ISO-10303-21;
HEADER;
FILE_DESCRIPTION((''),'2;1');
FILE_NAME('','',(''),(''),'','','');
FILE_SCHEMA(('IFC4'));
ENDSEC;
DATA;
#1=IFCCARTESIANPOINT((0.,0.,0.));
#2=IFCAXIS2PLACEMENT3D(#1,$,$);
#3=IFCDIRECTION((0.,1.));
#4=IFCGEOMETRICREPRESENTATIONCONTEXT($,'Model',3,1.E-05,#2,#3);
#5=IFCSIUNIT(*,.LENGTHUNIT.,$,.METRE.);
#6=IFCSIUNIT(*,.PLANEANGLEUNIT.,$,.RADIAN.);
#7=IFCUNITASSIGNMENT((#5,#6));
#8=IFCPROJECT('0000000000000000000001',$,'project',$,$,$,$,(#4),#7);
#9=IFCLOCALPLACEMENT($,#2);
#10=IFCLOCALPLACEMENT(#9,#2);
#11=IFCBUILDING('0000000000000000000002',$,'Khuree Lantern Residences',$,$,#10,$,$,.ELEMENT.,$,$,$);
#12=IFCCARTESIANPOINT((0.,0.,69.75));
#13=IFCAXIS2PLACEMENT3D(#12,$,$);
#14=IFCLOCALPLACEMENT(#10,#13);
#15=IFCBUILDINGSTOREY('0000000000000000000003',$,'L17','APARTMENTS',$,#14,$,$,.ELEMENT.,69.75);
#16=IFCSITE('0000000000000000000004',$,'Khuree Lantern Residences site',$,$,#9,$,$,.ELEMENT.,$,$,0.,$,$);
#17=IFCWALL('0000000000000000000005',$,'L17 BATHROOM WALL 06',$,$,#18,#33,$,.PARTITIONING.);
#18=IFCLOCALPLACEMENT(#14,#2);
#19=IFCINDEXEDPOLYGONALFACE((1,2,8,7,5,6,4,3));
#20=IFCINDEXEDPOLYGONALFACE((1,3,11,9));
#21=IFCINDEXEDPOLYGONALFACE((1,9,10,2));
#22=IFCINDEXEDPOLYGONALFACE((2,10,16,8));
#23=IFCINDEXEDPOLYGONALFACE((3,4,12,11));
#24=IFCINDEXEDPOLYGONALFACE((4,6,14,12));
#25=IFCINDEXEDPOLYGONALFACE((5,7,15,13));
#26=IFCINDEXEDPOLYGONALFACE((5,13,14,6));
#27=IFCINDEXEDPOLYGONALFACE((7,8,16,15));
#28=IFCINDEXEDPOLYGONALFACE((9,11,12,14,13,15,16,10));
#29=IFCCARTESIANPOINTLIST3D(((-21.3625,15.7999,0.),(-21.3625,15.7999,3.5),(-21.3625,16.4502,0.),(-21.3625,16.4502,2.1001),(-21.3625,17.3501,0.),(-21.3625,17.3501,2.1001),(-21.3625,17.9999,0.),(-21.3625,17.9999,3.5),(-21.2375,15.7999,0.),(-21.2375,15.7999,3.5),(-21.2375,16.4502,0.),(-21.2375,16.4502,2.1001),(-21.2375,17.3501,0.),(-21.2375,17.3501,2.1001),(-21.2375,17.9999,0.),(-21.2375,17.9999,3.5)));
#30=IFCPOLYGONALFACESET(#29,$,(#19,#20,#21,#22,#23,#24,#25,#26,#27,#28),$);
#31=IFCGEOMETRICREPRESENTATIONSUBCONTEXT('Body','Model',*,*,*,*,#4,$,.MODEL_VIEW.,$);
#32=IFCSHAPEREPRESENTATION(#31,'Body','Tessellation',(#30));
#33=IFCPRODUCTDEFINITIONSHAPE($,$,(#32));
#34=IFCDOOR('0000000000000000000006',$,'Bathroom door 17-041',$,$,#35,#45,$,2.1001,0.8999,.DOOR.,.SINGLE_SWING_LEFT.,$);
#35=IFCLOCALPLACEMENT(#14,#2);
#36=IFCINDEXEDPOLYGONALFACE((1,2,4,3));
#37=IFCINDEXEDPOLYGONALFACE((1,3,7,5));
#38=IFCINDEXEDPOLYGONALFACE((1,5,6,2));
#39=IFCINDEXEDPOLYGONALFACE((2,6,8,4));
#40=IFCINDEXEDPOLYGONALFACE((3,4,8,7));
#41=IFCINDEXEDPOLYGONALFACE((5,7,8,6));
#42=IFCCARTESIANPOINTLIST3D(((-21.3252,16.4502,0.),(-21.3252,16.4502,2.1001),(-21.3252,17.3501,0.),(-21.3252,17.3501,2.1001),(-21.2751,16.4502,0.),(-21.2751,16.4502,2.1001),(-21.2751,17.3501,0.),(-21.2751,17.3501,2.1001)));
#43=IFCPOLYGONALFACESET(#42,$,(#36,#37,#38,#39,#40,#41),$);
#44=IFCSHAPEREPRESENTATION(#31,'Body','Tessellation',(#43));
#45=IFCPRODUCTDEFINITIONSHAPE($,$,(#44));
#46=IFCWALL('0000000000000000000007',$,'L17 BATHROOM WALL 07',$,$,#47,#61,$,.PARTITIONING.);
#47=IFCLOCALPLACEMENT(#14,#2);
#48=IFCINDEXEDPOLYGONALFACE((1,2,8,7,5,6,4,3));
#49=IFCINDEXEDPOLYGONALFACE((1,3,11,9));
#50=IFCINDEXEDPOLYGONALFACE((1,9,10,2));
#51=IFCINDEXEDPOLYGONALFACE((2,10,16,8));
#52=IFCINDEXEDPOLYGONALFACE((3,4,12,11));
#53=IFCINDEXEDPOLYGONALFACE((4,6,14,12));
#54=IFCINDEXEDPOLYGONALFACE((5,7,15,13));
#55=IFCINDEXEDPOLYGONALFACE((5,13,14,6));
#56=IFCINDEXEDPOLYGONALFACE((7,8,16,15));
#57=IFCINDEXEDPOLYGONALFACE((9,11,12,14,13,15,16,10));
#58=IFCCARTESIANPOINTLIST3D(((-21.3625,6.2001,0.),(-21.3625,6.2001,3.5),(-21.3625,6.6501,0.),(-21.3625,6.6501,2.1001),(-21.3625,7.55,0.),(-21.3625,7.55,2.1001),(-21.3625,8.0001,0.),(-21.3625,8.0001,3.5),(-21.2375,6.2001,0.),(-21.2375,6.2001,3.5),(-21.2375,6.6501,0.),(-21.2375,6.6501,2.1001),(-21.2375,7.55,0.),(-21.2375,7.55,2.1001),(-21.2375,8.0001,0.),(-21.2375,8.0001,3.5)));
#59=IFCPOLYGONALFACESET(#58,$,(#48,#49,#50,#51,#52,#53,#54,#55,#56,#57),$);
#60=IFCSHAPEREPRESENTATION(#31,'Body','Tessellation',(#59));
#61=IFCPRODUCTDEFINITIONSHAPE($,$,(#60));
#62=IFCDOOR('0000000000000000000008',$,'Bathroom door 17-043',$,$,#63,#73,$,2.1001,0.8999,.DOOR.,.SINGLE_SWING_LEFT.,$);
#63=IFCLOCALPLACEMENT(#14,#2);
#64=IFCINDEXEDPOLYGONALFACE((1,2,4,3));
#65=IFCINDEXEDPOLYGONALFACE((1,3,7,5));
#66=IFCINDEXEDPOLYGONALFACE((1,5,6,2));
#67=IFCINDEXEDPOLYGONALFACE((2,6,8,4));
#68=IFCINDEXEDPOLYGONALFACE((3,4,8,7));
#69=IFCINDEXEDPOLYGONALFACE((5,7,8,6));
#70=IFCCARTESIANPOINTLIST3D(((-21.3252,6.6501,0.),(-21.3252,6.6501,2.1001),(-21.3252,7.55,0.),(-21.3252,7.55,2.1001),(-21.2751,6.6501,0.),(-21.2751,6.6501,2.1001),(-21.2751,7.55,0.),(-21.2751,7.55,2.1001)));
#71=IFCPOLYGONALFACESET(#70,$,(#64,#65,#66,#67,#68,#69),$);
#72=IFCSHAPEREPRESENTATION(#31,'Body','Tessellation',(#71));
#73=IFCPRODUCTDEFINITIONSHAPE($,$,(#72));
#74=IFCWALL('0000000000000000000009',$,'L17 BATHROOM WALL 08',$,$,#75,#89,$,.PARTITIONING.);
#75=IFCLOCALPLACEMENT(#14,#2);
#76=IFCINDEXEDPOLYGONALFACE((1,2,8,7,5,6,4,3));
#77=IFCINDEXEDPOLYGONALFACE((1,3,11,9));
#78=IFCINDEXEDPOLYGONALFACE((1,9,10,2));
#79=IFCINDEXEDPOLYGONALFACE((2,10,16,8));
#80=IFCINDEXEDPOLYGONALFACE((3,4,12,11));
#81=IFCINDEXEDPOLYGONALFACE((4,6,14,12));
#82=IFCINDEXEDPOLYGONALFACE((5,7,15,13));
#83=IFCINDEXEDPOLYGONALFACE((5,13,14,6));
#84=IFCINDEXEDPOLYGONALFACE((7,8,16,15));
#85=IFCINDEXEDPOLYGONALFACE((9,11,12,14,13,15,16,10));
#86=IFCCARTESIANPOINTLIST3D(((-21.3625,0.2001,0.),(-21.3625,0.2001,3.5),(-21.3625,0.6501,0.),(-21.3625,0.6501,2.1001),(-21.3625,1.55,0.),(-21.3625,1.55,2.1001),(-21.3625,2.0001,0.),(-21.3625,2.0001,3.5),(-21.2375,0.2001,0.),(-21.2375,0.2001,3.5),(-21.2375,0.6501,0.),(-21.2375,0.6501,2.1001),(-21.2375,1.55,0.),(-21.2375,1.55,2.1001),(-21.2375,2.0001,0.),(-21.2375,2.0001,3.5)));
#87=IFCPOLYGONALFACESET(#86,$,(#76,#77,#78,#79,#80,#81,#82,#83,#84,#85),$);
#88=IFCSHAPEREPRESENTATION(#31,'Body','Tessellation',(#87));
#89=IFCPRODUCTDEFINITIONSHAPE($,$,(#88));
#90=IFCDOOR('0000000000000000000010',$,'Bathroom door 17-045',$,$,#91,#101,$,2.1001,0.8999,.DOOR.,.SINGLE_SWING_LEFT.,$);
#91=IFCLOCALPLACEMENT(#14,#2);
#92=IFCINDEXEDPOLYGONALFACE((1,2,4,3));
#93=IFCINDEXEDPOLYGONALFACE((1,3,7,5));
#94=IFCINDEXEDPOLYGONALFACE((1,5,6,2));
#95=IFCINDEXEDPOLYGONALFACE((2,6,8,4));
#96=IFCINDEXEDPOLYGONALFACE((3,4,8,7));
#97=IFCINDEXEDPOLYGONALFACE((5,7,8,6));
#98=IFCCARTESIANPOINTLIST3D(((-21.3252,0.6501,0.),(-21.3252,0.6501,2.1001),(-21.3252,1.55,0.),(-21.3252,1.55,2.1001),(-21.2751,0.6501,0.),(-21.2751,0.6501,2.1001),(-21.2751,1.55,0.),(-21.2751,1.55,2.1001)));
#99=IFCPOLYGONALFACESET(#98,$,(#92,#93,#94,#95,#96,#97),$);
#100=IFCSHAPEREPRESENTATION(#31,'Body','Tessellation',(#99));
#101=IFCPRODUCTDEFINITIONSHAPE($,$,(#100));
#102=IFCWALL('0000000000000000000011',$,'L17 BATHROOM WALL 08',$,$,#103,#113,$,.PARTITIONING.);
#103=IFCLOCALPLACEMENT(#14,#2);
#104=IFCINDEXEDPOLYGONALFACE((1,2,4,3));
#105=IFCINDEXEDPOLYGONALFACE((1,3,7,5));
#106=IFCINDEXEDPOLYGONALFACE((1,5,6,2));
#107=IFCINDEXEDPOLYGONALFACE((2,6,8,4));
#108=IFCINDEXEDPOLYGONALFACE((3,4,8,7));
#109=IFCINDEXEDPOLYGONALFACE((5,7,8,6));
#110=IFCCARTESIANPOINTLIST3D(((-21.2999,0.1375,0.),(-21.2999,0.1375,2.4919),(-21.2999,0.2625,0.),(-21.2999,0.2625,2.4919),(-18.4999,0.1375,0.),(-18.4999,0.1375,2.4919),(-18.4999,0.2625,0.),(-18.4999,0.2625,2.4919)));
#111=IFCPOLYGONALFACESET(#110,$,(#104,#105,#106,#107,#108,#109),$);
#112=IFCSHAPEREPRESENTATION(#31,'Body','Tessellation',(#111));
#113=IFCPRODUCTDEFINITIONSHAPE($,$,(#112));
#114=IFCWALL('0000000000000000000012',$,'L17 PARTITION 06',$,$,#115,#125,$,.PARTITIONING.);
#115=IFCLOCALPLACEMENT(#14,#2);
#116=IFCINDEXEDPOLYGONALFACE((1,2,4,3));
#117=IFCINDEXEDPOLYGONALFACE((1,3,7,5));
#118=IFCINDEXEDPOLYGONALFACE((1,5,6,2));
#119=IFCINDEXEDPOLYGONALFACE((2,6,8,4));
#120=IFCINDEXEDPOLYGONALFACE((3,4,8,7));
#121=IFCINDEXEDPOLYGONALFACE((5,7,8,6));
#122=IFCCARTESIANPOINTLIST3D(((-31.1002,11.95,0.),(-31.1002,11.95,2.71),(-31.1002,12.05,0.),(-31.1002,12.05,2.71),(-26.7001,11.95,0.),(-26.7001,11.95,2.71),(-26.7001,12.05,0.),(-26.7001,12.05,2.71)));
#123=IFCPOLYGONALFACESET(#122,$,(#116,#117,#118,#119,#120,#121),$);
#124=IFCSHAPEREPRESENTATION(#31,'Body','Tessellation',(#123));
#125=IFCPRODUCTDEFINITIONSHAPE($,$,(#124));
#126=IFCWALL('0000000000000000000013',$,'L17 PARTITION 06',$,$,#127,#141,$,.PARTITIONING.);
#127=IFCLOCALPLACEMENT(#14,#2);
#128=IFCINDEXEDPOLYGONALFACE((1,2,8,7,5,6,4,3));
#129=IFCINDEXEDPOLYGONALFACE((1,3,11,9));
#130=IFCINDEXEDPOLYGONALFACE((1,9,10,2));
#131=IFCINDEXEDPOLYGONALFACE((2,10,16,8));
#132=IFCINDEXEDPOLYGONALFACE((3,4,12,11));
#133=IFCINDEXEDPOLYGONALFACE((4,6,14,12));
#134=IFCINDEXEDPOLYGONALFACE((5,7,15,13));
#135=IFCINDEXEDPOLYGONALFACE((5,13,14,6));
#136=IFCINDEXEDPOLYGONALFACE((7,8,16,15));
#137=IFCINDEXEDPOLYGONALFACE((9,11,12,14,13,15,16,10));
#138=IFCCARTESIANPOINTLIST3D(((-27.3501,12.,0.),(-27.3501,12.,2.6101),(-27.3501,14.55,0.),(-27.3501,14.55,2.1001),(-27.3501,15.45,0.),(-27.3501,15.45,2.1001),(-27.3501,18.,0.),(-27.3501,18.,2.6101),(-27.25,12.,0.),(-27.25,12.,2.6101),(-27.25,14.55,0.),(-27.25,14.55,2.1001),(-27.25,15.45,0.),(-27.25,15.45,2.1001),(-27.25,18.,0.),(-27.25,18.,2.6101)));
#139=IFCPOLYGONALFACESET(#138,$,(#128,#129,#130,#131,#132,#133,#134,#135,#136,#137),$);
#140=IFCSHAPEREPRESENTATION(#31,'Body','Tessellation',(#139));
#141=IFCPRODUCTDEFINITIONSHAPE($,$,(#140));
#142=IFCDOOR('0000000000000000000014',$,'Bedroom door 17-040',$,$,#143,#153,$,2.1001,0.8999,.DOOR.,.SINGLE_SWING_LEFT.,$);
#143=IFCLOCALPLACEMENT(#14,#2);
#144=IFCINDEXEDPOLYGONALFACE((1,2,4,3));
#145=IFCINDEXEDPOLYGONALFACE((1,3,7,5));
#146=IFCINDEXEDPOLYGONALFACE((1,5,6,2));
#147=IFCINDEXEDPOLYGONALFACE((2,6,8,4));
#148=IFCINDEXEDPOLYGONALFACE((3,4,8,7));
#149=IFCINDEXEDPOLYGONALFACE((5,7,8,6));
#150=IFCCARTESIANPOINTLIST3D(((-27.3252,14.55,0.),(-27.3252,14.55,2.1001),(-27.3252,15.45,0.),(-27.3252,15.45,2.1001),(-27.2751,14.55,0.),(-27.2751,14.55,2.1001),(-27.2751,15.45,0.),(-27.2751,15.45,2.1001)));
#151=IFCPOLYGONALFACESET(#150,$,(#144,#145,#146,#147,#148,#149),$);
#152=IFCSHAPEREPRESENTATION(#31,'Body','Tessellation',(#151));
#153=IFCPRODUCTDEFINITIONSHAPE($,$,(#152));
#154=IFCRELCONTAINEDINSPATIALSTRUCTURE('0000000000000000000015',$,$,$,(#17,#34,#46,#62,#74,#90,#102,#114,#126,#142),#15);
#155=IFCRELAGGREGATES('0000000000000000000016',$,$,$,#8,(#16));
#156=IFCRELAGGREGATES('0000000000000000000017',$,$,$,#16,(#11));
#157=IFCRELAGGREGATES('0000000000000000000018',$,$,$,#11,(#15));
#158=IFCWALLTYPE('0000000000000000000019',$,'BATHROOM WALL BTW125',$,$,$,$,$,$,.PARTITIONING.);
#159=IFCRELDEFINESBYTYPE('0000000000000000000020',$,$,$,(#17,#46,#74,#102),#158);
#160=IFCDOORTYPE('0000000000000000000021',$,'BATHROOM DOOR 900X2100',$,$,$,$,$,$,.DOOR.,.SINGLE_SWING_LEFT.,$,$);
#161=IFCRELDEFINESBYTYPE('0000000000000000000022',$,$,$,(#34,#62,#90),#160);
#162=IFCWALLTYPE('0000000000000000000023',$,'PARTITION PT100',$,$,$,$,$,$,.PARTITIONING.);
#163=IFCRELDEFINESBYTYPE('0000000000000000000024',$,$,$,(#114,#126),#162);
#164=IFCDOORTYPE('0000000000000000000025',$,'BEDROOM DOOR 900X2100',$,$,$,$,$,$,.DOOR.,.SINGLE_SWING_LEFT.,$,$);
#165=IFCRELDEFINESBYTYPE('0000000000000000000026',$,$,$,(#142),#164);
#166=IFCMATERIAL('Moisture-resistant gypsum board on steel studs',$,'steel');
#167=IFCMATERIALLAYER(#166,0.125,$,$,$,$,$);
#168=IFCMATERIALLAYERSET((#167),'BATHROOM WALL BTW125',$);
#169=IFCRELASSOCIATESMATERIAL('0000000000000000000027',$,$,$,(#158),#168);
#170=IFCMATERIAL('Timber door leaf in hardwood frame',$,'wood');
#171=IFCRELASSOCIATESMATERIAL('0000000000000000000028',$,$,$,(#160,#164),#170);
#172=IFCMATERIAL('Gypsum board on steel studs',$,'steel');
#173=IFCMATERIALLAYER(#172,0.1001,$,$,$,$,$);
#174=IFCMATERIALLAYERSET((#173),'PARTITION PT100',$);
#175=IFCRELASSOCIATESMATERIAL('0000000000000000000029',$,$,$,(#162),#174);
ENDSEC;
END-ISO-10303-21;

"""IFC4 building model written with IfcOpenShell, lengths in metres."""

from ifc_helpers import new_model, si_unit, direction, frame, frame_2d, origin, place, context, subcontext, project, spatial, rectangle, extrude, material, layer, layer_set, type_object, element, fill, save


model = new_model("IFC4")

# Units and contexts
model_context = context("Model", 3, precision=1e-05, world=origin(), true_north=direction((0.0, 1.0)))
body_context = subcontext(model_context, "Body", "Model", "MODEL_VIEW")
ifc_project = project(units=[si_unit("LENGTHUNIT", "METRE"), si_unit("PLANEANGLEUNIT", "RADIAN")], contexts=[model_context])

# Site, building, storey
site_placement = place(None, origin())
site = spatial("IfcSite", under=ifc_project, at=site_placement, Name="Khuree Lantern Residences site", CompositionType="ELEMENT", RefElevation=0.0)
building_placement = place(site_placement, origin())
building = spatial("IfcBuilding", under=site, at=building_placement, Name="Khuree Lantern Residences", CompositionType="ELEMENT")
storey_placement = place(building_placement, frame((0.0, 0.0, 69.75)))
storey = spatial("IfcBuildingStorey", under=building, at=storey_placement, Name="L17", Description="APARTMENTS", CompositionType="ELEMENT", Elevation=69.75)

# Walls, openings, doors
ifc_material_1 = material(Name="Moisture-resistant gypsum board on steel studs", Category="steel")
ifc_layer_1 = layer(ifc_material_1, 0.125)
ifc_layer_set_1 = layer_set([ifc_layer_1], Name="BATHROOM WALL BTW125")
wall_type_1 = type_object("IfcWallType", Name="BATHROOM WALL BTW125", PredefinedType="PARTITIONING", material=ifc_layer_set_1)
wall_1_placement = place(storey_placement, frame((-21.3, 18.0, 0.0), z_axis=(0.0, 0.0, 1.0), x_axis=(0.0, -1.0, 0.0)))
wall_1 = element("IfcWall", 1, at=wall_1_placement, inside=storey, type_object=wall_type_1, Name="L17 BATHROOM WALL 06", PredefinedType="PARTITIONING", context=body_context, shape_type="SweptSolid", body=[
    extrude(rectangle(XDim=2.2, YDim=0.125, at=frame_2d((1.1001, 0.0))), origin(), (0.0, 0.0, 1.0), 3.5),
])
opening_1_placement = place(wall_1_placement, frame((0.6499, 0.0, 0.0)))
opening_1 = element("IfcOpeningElement", 2, at=opening_1_placement, cuts=wall_1, PredefinedType="OPENING", context=body_context, shape_type="SweptSolid", body=[
    extrude(rectangle(XDim=0.8999, YDim=2.1001, at=frame_2d((0.45, 1.05))), frame((0.0, 0.0725, 0.0), z_axis=(0.0, -1.0, 0.0), x_axis=(1.0, 0.0, 0.0)), (0.0, 0.0, 1.0), 0.145),
])
ifc_material_2 = material(Name="Timber door leaf in hardwood frame", Category="wood")
door_type_1 = type_object("IfcDoorType", Name="BATHROOM DOOR 900X2100", OperationType="SINGLE_SWING_LEFT", PredefinedType="DOOR", material=ifc_material_2)
door_1_placement = place(opening_1_placement, origin())
door_1 = element("IfcDoor", 3, at=door_1_placement, inside=storey, type_object=door_type_1, Name="Bathroom door 17-041", OperationType="SINGLE_SWING_LEFT", OverallHeight=2.1001, OverallWidth=0.8999, PredefinedType="DOOR", context=body_context, shape_type="SweptSolid", body=[
    extrude(rectangle(XDim=0.8999, YDim=2.1001, at=frame_2d((0.45, 1.05))), frame((0.0, 0.0249, 0.0), z_axis=(0.0, -1.0, 0.0), x_axis=(1.0, 0.0, 0.0)), (0.0, 0.0, 1.0), 0.05),
])
fill(opening_1, door_1)
wall_2_placement = place(storey_placement, frame((-21.3, 8.0, 0.0), z_axis=(0.0, 0.0, 1.0), x_axis=(0.0, -1.0, 0.0)))
wall_2 = element("IfcWall", 4, at=wall_2_placement, inside=storey, type_object=wall_type_1, Name="L17 BATHROOM WALL 07", PredefinedType="PARTITIONING", context=body_context, shape_type="SweptSolid", body=[
    extrude(rectangle(XDim=1.8, YDim=0.125, at=frame_2d((0.8999, 0.0))), origin(), (0.0, 0.0, 1.0), 3.5),
])
opening_2_placement = place(wall_2_placement, frame((0.45, 0.0, 0.0)))
opening_2 = element("IfcOpeningElement", 5, at=opening_2_placement, cuts=wall_2, PredefinedType="OPENING", context=body_context, shape_type="SweptSolid", body=[
    extrude(rectangle(XDim=0.8999, YDim=2.1001, at=frame_2d((0.45, 1.05))), frame((0.0, 0.0725, 0.0), z_axis=(0.0, -1.0, 0.0), x_axis=(1.0, 0.0, 0.0)), (0.0, 0.0, 1.0), 0.145),
])
door_2_placement = place(opening_2_placement, origin())
door_2 = element("IfcDoor", 6, at=door_2_placement, inside=storey, type_object=door_type_1, Name="Bathroom door 17-043", OperationType="SINGLE_SWING_LEFT", OverallHeight=2.1001, OverallWidth=0.8999, PredefinedType="DOOR", context=body_context, shape_type="SweptSolid", body=[
    extrude(rectangle(XDim=0.8999, YDim=2.1001, at=frame_2d((0.45, 1.05))), frame((0.0, 0.0249, 0.0), z_axis=(0.0, -1.0, 0.0), x_axis=(1.0, 0.0, 0.0)), (0.0, 0.0, 1.0), 0.05),
])
fill(opening_2, door_2)
wall_3_placement = place(storey_placement, frame((-21.3, 2.0, 0.0), z_axis=(0.0, 0.0, 1.0), x_axis=(0.0, -1.0, 0.0)))
wall_3 = element("IfcWall", 7, at=wall_3_placement, inside=storey, type_object=wall_type_1, Name="L17 BATHROOM WALL 08", PredefinedType="PARTITIONING", context=body_context, shape_type="SweptSolid", body=[
    extrude(rectangle(XDim=1.8, YDim=0.125, at=frame_2d((0.8999, 0.0))), origin(), (0.0, 0.0, 1.0), 3.5),
])
opening_3_placement = place(wall_3_placement, frame((0.45, 0.0, 0.0)))
opening_3 = element("IfcOpeningElement", 8, at=opening_3_placement, cuts=wall_3, PredefinedType="OPENING", context=body_context, shape_type="SweptSolid", body=[
    extrude(rectangle(XDim=0.8999, YDim=2.1001, at=frame_2d((0.45, 1.05))), frame((0.0, 0.0725, 0.0), z_axis=(0.0, -1.0, 0.0), x_axis=(1.0, 0.0, 0.0)), (0.0, 0.0, 1.0), 0.145),
])
door_3_placement = place(opening_3_placement, origin())
door_3 = element("IfcDoor", 9, at=door_3_placement, inside=storey, type_object=door_type_1, Name="Bathroom door 17-045", OperationType="SINGLE_SWING_LEFT", OverallHeight=2.1001, OverallWidth=0.8999, PredefinedType="DOOR", context=body_context, shape_type="SweptSolid", body=[
    extrude(rectangle(XDim=0.8999, YDim=2.1001, at=frame_2d((0.45, 1.05))), frame((0.0, 0.0249, 0.0), z_axis=(0.0, -1.0, 0.0), x_axis=(1.0, 0.0, 0.0)), (0.0, 0.0, 1.0), 0.05),
])
fill(opening_3, door_3)

# Walls
wall_4_placement = place(storey_placement, frame((-18.5, 0.2, 0.0), z_axis=(0.0, 0.0, 1.0), x_axis=(-1.0, 0.0, 0.0)))
element("IfcWall", 10, at=wall_4_placement, inside=storey, type_object=wall_type_1, Name="L17 BATHROOM WALL 08", PredefinedType="PARTITIONING", context=body_context, shape_type="SweptSolid", body=[
    extrude(rectangle(XDim=2.8, YDim=0.125, at=frame_2d((1.3999, 0.0))), origin(), (0.0, 0.0, 1.0), 2.4919),
])
ifc_material_3 = material(Name="Gypsum board on steel studs", Category="steel")
ifc_layer_2 = layer(ifc_material_3, 0.1001)
ifc_layer_set_2 = layer_set([ifc_layer_2], Name="PARTITION PT100")
wall_type_2 = type_object("IfcWallType", Name="PARTITION PT100", PredefinedType="PARTITIONING", material=ifc_layer_set_2)
wall_5_placement = place(storey_placement, frame((-26.7, 12.0, 0.0), z_axis=(0.0, 0.0, 1.0), x_axis=(-1.0, 0.0, 0.0)))
element("IfcWall", 11, at=wall_5_placement, inside=storey, type_object=wall_type_2, Name="L17 PARTITION 06", PredefinedType="PARTITIONING", context=body_context, shape_type="SweptSolid", body=[
    extrude(rectangle(XDim=4.4001, YDim=0.1001, at=frame_2d((2.2002, 0.0))), origin(), (0.0, 0.0, 1.0), 2.71),
])

# Wall, opening, door
wall_6_placement = place(storey_placement, frame((-27.3, 18.0, 0.0), z_axis=(0.0, 0.0, 1.0), x_axis=(0.0, -1.0, 0.0)))
wall_6 = element("IfcWall", 12, at=wall_6_placement, inside=storey, type_object=wall_type_2, Name="L17 PARTITION 06", PredefinedType="PARTITIONING", context=body_context, shape_type="SweptSolid", body=[
    extrude(rectangle(XDim=6.0, YDim=0.1001, at=frame_2d((3.0, 0.0))), origin(), (0.0, 0.0, 1.0), 2.6101),
])
opening_4_placement = place(wall_6_placement, frame((2.55, 0.0, 0.0)))
opening_4 = element("IfcOpeningElement", 13, at=opening_4_placement, cuts=wall_6, PredefinedType="OPENING", context=body_context, shape_type="SweptSolid", body=[
    extrude(rectangle(XDim=0.8999, YDim=2.1001, at=frame_2d((0.45, 1.05))), frame((0.0, 0.0601, 0.0), z_axis=(0.0, -1.0, 0.0), x_axis=(1.0, 0.0, 0.0)), (0.0, 0.0, 1.0), 0.1201),
])
door_type_2 = type_object("IfcDoorType", Name="BEDROOM DOOR 900X2100", OperationType="SINGLE_SWING_LEFT", PredefinedType="DOOR", material=ifc_material_2)
door_4_placement = place(opening_4_placement, origin())
door_4 = element("IfcDoor", 14, at=door_4_placement, inside=storey, type_object=door_type_2, Name="Bedroom door 17-040", OperationType="SINGLE_SWING_LEFT", OverallHeight=2.1001, OverallWidth=0.8999, PredefinedType="DOOR", context=body_context, shape_type="SweptSolid", body=[
    extrude(rectangle(XDim=0.8999, YDim=2.1001, at=frame_2d((0.45, 1.05))), frame((0.0, 0.0249, 0.0), z_axis=(0.0, -1.0, 0.0), x_axis=(1.0, 0.0, 0.0)), (0.0, 0.0, 1.0), 0.05),
])
fill(opening_4, door_4)

save(model, "model.ifc")
